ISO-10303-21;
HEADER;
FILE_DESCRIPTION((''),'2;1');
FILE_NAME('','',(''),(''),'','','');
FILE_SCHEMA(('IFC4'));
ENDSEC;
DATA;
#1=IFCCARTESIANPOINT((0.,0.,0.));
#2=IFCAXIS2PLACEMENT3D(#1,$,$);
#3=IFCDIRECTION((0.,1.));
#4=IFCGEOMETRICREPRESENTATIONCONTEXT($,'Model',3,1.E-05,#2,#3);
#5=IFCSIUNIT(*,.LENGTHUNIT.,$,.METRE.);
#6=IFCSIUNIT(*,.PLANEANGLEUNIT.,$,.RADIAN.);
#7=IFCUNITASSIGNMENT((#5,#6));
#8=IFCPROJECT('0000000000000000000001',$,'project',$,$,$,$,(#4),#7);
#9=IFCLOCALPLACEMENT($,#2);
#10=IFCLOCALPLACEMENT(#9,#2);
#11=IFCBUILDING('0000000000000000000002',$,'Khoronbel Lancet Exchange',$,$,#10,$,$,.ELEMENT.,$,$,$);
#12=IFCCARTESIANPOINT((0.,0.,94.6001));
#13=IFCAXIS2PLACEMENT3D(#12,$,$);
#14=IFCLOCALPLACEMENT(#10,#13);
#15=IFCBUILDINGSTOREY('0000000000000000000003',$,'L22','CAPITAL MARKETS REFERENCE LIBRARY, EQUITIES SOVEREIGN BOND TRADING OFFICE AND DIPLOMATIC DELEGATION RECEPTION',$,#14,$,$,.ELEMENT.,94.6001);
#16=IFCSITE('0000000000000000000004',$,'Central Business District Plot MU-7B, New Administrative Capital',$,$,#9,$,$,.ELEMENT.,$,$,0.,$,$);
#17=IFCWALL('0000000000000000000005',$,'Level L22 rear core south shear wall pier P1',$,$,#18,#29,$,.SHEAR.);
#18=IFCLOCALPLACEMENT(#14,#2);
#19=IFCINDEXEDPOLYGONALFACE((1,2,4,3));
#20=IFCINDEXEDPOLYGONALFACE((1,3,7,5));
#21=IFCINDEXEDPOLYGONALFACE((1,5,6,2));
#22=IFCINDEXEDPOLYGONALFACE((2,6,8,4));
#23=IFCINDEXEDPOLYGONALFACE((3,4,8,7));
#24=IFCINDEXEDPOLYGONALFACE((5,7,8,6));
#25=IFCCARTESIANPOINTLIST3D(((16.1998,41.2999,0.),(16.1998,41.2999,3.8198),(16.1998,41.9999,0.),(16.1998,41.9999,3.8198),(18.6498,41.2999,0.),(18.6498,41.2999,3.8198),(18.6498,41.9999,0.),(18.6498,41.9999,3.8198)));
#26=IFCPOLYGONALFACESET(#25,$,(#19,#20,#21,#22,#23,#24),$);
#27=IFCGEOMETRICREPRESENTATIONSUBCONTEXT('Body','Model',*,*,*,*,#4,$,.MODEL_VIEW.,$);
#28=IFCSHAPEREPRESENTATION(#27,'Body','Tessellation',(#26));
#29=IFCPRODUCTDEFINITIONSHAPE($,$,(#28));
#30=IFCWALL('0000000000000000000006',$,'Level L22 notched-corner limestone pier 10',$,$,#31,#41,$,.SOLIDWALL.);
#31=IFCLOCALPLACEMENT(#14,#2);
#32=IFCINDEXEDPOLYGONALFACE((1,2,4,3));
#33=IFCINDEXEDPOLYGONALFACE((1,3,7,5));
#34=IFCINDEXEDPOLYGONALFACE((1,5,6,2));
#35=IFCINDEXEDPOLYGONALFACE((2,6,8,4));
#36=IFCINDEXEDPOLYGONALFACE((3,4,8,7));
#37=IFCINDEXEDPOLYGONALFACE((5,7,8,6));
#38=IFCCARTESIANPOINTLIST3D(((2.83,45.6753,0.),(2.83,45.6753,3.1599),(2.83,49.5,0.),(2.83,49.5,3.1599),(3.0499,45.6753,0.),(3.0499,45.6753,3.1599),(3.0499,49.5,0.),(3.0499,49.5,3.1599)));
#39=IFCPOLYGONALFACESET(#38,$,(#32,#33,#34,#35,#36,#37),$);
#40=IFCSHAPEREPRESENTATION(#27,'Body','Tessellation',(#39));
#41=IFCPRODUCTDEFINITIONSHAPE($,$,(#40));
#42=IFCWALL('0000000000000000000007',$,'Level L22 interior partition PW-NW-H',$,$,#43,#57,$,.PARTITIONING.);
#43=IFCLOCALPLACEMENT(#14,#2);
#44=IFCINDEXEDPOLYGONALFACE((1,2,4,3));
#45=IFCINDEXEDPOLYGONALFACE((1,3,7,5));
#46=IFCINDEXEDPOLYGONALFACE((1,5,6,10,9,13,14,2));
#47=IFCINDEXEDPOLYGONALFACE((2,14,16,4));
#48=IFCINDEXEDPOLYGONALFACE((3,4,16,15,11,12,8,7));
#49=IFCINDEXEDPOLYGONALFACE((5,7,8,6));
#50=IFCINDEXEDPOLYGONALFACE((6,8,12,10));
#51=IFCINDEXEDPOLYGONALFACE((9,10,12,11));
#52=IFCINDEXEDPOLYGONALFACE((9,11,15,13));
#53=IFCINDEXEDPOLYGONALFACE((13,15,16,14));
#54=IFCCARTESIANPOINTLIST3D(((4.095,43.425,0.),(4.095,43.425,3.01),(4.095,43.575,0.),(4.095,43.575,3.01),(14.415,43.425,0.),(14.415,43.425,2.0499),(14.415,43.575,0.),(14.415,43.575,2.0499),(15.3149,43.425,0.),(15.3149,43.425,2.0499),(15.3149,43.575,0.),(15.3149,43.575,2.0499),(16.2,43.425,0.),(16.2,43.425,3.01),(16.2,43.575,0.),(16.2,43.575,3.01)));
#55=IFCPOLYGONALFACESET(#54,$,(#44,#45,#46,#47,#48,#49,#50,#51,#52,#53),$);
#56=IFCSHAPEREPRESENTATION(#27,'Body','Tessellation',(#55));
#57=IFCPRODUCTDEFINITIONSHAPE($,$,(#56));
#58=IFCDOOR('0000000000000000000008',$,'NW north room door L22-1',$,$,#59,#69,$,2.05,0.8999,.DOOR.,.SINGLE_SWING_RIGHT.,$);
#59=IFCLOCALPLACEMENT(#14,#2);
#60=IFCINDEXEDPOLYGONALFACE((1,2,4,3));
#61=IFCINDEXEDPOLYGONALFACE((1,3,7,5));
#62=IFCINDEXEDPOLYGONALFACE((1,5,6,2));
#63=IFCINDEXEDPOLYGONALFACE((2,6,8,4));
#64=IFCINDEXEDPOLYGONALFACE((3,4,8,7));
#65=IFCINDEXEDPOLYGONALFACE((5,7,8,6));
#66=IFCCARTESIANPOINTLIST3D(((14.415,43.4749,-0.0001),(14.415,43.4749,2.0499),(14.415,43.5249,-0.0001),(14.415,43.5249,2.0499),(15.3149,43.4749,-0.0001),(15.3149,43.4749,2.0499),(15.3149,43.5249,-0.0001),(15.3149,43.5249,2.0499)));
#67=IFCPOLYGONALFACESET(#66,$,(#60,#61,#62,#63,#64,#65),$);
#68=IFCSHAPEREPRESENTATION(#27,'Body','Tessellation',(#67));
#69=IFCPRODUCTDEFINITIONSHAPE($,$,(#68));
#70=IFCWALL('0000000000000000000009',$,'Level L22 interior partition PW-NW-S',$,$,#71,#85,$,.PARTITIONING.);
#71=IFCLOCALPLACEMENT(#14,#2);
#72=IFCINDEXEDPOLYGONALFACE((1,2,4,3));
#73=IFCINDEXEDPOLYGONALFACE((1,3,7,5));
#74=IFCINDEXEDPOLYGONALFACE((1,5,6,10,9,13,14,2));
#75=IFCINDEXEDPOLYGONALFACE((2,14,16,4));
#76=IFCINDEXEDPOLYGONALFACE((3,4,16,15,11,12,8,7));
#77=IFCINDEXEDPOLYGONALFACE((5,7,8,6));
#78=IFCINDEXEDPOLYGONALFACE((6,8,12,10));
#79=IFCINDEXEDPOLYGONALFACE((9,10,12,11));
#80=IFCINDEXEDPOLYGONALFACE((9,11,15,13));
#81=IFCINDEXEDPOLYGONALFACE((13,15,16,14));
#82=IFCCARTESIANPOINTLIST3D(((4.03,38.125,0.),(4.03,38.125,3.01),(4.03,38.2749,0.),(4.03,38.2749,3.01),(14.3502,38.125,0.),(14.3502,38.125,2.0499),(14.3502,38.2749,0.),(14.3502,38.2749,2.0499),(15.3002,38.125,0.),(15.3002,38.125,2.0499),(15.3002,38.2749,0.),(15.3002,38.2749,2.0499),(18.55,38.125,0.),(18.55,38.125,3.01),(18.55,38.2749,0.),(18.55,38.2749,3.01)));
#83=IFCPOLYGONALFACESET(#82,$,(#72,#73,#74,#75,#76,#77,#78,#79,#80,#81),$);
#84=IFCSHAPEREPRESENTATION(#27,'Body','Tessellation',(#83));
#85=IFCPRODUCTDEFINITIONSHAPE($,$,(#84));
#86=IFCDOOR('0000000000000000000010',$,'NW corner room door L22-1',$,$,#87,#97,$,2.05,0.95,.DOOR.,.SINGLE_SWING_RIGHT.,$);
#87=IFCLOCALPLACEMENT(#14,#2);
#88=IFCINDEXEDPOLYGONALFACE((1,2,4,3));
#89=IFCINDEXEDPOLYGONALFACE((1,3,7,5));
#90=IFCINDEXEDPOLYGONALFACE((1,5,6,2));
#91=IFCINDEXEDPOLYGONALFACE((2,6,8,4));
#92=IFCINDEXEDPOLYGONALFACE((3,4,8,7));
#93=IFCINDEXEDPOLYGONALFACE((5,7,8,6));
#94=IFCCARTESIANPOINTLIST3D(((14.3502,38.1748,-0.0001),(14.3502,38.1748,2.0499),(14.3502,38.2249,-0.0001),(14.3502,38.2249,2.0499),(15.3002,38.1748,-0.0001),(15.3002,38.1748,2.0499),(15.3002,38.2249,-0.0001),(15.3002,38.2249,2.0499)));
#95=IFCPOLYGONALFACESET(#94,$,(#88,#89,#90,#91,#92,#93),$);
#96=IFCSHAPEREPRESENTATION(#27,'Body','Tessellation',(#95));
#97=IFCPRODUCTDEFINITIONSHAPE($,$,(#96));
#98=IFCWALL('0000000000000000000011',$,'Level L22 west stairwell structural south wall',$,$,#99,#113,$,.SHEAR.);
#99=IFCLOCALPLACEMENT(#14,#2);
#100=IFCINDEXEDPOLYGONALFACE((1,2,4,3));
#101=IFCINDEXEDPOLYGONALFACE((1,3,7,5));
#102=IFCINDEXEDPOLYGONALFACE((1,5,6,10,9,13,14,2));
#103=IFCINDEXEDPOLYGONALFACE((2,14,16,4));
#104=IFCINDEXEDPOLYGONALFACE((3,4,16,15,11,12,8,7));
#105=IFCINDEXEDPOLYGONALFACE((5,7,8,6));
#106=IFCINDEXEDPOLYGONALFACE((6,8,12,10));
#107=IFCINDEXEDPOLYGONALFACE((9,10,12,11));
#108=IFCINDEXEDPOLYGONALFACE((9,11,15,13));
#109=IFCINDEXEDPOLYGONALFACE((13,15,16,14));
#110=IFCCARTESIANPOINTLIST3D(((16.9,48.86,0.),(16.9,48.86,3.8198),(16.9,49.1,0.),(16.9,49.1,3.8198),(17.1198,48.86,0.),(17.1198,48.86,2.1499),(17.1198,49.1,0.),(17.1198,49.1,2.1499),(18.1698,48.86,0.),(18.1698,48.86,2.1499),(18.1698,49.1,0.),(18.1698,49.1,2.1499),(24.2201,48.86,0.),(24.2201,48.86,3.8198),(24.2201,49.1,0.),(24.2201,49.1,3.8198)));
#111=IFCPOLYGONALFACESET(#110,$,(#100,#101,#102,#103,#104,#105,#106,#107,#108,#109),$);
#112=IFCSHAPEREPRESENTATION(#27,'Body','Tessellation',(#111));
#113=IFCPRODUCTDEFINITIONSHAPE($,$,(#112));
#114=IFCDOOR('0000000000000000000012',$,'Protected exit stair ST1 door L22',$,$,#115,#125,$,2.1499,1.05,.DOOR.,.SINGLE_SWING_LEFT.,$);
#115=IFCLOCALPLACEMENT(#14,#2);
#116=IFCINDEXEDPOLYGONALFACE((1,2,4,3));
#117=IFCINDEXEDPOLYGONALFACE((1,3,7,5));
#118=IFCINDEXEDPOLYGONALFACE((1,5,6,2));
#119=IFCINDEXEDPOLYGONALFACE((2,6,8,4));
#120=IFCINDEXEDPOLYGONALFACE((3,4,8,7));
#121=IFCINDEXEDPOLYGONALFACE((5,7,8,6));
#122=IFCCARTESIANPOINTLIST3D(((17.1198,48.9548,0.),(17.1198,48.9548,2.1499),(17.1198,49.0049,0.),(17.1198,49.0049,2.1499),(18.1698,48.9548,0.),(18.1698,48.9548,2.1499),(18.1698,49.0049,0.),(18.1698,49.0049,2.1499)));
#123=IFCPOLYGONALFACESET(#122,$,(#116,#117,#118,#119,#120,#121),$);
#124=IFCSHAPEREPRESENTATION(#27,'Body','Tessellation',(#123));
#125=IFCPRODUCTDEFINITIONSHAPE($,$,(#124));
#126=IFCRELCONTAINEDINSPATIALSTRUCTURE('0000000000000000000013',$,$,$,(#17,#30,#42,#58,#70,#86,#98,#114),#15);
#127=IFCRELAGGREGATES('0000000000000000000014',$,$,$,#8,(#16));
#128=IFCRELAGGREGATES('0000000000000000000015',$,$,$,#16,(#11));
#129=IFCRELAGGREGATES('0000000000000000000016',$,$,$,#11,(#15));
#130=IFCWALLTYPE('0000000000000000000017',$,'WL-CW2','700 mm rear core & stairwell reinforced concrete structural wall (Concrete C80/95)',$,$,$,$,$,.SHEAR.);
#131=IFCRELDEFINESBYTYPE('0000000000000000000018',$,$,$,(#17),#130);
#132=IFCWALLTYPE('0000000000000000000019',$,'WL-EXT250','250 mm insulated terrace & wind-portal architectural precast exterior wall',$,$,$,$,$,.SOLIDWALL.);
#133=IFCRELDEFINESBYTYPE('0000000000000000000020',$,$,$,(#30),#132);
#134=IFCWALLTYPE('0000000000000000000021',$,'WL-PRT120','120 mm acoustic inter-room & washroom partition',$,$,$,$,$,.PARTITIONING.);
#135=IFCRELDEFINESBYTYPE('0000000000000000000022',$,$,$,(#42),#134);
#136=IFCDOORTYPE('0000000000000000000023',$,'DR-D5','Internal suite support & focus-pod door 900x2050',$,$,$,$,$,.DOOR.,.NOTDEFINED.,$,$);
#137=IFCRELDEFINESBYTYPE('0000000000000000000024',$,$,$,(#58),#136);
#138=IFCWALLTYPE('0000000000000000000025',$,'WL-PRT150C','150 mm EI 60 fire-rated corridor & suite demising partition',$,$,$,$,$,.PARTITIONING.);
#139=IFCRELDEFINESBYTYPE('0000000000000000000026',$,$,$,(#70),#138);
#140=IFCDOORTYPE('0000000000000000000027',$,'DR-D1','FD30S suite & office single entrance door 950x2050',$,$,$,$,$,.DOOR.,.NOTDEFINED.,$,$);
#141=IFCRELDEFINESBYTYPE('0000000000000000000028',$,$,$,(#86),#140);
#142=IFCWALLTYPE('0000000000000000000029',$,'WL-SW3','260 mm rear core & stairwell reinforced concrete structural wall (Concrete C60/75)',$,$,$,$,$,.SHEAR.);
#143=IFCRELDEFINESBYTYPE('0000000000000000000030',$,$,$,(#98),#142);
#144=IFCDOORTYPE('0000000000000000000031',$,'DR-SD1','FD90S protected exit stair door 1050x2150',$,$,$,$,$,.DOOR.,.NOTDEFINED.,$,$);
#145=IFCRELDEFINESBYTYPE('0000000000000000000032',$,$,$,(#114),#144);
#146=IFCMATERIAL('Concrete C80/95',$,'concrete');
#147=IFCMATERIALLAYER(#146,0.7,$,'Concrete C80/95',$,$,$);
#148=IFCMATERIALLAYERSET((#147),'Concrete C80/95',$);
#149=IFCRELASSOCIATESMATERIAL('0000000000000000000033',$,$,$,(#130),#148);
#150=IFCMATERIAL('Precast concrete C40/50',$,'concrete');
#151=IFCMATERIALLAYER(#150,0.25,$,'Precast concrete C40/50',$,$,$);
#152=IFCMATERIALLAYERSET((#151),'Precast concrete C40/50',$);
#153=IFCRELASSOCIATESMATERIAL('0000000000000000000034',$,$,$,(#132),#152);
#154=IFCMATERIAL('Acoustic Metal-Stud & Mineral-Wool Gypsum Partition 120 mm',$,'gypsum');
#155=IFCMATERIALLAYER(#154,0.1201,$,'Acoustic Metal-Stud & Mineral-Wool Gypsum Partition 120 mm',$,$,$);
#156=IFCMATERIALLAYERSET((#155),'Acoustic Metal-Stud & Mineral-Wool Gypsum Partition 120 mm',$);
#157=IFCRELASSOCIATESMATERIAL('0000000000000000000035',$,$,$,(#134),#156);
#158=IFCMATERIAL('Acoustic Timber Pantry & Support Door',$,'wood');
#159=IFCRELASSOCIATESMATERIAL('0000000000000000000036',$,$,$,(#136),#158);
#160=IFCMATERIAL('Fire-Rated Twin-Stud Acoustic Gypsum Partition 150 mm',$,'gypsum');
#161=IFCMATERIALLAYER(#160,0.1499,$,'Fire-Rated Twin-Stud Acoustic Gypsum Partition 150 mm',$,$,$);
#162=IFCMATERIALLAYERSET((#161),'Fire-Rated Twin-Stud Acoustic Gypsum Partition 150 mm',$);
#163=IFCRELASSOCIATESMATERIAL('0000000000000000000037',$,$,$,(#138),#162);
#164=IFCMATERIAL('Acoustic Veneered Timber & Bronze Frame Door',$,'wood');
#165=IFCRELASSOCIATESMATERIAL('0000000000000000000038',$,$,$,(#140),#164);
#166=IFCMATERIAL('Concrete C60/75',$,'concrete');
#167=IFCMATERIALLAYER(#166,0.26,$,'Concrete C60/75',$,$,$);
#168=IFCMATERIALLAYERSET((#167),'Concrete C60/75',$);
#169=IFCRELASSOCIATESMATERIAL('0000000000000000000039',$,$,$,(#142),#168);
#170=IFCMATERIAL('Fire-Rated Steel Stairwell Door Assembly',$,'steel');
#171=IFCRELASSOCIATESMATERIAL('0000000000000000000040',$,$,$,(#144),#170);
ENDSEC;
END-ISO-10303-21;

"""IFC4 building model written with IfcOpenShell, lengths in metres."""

from ifc_helpers import new_model, si_unit, direction, frame, frame_2d, origin, place, context, subcontext, project, spatial, rectangle, extrude, material, layer, layer_set, type_object, element, fill, save


model = new_model("IFC4")

# Units and contexts
model_context = context("Model", 3, precision=1e-05, world=origin(), true_north=direction((0.0, 1.0)))
body_context = subcontext(model_context, "Body", "Model", "MODEL_VIEW")
ifc_project = project(units=[si_unit("LENGTHUNIT", "METRE"), si_unit("PLANEANGLEUNIT", "RADIAN")], contexts=[model_context])

# Site, building, storey
site_placement = place(None, origin())
site = spatial("IfcSite", under=ifc_project, at=site_placement, Name="Central Business District Plot MU-7B, New Administrative Capital", CompositionType="ELEMENT", RefElevation=0.0)
building_placement = place(site_placement, origin())
building = spatial("IfcBuilding", under=site, at=building_placement, Name="Khoronbel Lancet Exchange", CompositionType="ELEMENT")
storey_placement = place(building_placement, frame((0.0, 0.0, 94.6001)))
storey = spatial("IfcBuildingStorey", under=building, at=storey_placement, Name="L22", Description="CAPITAL MARKETS REFERENCE LIBRARY, EQUITIES SOVEREIGN BOND TRADING OFFICE AND DIPLOMATIC DELEGATION RECEPTION", CompositionType="ELEMENT", Elevation=94.6001)

# Shared definitions
ifc_material_1 = material(Name="Concrete C80/95", Category="concrete")

# Walls
ifc_layer_1 = layer(ifc_material_1, 0.7, Name="Concrete C80/95")
ifc_layer_set_1 = layer_set([ifc_layer_1], Name="Concrete C80/95")
wall_type_1 = type_object("IfcWallType", Name="WL-CW2", Description="700 mm rear core & stairwell reinforced concrete structural wall (Concrete C80/95)", PredefinedType="SHEAR", material=ifc_layer_set_1)
wall_1_placement = place(storey_placement, frame((18.6499, 41.6499, 0.0), z_axis=(0.0, 0.0, 1.0), x_axis=(-1.0, 0.0, 0.0)))
element("IfcWall", 1, at=wall_1_placement, inside=storey, type_object=wall_type_1, Name="Level L22 rear core south shear wall pier P1", PredefinedType="SHEAR", context=body_context, shape_type="SweptSolid", body=[
    extrude(rectangle(XDim=2.45, YDim=0.7, at=frame_2d((1.2251, 0.0))), origin(), (0.0, 0.0, 1.0), 3.8198),
])
ifc_material_2 = material(Name="Precast concrete C40/50", Category="concrete")
ifc_layer_2 = layer(ifc_material_2, 0.25, Name="Precast concrete C40/50")
ifc_layer_set_2 = layer_set([ifc_layer_2], Name="Precast concrete C40/50")
wall_type_2 = type_object("IfcWallType", Name="WL-EXT250", Description="250 mm insulated terrace & wind-portal architectural precast exterior wall", PredefinedType="SOLIDWALL", material=ifc_layer_set_2)
wall_2_placement = place(storey_placement, frame((2.9399, 45.6753, 0.0), z_axis=(0.0, 0.0, 1.0), x_axis=(0.0, 1.0, 0.0)))
element("IfcWall", 2, at=wall_2_placement, inside=storey, type_object=wall_type_2, Name="Level L22 notched-corner limestone pier 10", PredefinedType="SOLIDWALL", context=body_context, shape_type="SweptSolid", body=[
    extrude(rectangle(XDim=3.8247, YDim=0.22, at=frame_2d((1.9124, 0.0))), origin(), (0.0, 0.0, 1.0), 3.1599),
])

# Walls, openings, doors
ifc_material_3 = material(Name="Acoustic Metal-Stud & Mineral-Wool Gypsum Partition 120 mm", Category="gypsum")
ifc_layer_3 = layer(ifc_material_3, 0.1201, Name="Acoustic Metal-Stud & Mineral-Wool Gypsum Partition 120 mm")
ifc_layer_set_3 = layer_set([ifc_layer_3], Name="Acoustic Metal-Stud & Mineral-Wool Gypsum Partition 120 mm")
wall_type_3 = type_object("IfcWallType", Name="WL-PRT120", Description="120 mm acoustic inter-room & washroom partition", PredefinedType="PARTITIONING", material=ifc_layer_set_3)
wall_3_placement = place(storey_placement, frame((4.095, 43.5, 0.0), z_axis=(0.0, 0.0, 1.0), x_axis=(1.0, 0.0, 0.0)))
wall_3 = element("IfcWall", 3, at=wall_3_placement, inside=storey, type_object=wall_type_3, Name="Level L22 interior partition PW-NW-H", PredefinedType="PARTITIONING", context=body_context, shape_type="SweptSolid", body=[
    extrude(rectangle(XDim=12.105, YDim=0.1499, at=frame_2d((6.0525, 0.0))), origin(), (0.0, 0.0, 1.0), 3.01),
])
opening_1_placement = place(wall_3_placement, frame((10.3201, 0.0, 0.0)))
opening_1 = element("IfcOpeningElement", 4, at=opening_1_placement, cuts=wall_3, PredefinedType="OPENING", context=body_context, shape_type="SweptSolid", body=[
    extrude(rectangle(XDim=0.8999, YDim=2.05, at=frame_2d((0.45, 1.0249))), frame((0.0, 0.085, 0.0), z_axis=(0.0, -1.0, 0.0), x_axis=(1.0, 0.0, 0.0)), (0.0, 0.0, 1.0), 0.1699),
])
ifc_material_4 = material(Name="Acoustic Timber Pantry & Support Door", Category="wood")
door_type_1 = type_object("IfcDoorType", Name="DR-D5", Description="Internal suite support & focus-pod door 900x2050", OperationType="NOTDEFINED", PredefinedType="DOOR", material=ifc_material_4)
door_1_placement = place(opening_1_placement, origin())
door_1 = element("IfcDoor", 5, at=door_1_placement, inside=storey, type_object=door_type_1, Name="NW north room door L22-1", OperationType="SINGLE_SWING_RIGHT", OverallHeight=2.05, OverallWidth=0.8999, PredefinedType="DOOR", context=body_context, shape_type="SweptSolid", body=[
    extrude(rectangle(XDim=0.8999, YDim=2.05, at=frame_2d((0.45, 1.0249))), frame((0.0, 0.0249, 0.0), z_axis=(0.0, -1.0, 0.0), x_axis=(1.0, 0.0, 0.0)), (0.0, 0.0, 1.0), 0.05),
])
fill(opening_1, door_1)
ifc_material_5 = material(Name="Fire-Rated Twin-Stud Acoustic Gypsum Partition 150 mm", Category="gypsum")
ifc_layer_4 = layer(ifc_material_5, 0.1499, Name="Fire-Rated Twin-Stud Acoustic Gypsum Partition 150 mm")
ifc_layer_set_4 = layer_set([ifc_layer_4], Name="Fire-Rated Twin-Stud Acoustic Gypsum Partition 150 mm")
wall_type_4 = type_object("IfcWallType", Name="WL-PRT150C", Description="150 mm EI 60 fire-rated corridor & suite demising partition", PredefinedType="PARTITIONING", material=ifc_layer_set_4)
wall_4_placement = place(storey_placement, frame((4.03, 38.2, 0.0), z_axis=(0.0, 0.0, 1.0), x_axis=(1.0, 0.0, 0.0)))
wall_4 = element("IfcWall", 6, at=wall_4_placement, inside=storey, type_object=wall_type_4, Name="Level L22 interior partition PW-NW-S", PredefinedType="PARTITIONING", context=body_context, shape_type="SweptSolid", body=[
    extrude(rectangle(XDim=14.52, YDim=0.1499, at=frame_2d((7.26, 0.0))), origin(), (0.0, 0.0, 1.0), 3.01),
])
opening_2_placement = place(wall_4_placement, frame((10.3201, 0.0, 0.0)))
opening_2 = element("IfcOpeningElement", 7, at=opening_2_placement, cuts=wall_4, PredefinedType="OPENING", context=body_context, shape_type="SweptSolid", body=[
    extrude(rectangle(XDim=0.95, YDim=2.05, at=frame_2d((0.4751, 1.0249))), frame((0.0, 0.085, 0.0), z_axis=(0.0, -1.0, 0.0), x_axis=(1.0, 0.0, 0.0)), (0.0, 0.0, 1.0), 0.1699),
])
ifc_material_6 = material(Name="Acoustic Veneered Timber & Bronze Frame Door", Category="wood")
door_type_2 = type_object("IfcDoorType", Name="DR-D1", Description="FD30S suite & office single entrance door 950x2050", OperationType="NOTDEFINED", PredefinedType="DOOR", material=ifc_material_6)
door_2_placement = place(opening_2_placement, origin())
door_2 = element("IfcDoor", 8, at=door_2_placement, inside=storey, type_object=door_type_2, Name="NW corner room door L22-1", OperationType="SINGLE_SWING_RIGHT", OverallHeight=2.05, OverallWidth=0.95, PredefinedType="DOOR", context=body_context, shape_type="SweptSolid", body=[
    extrude(rectangle(XDim=0.95, YDim=2.05, at=frame_2d((0.4751, 1.0249))), frame((0.0, 0.0249, 0.0), z_axis=(0.0, -1.0, 0.0), x_axis=(1.0, 0.0, 0.0)), (0.0, 0.0, 1.0), 0.05),
])
fill(opening_2, door_2)
ifc_material_7 = material(Name="Concrete C60/75", Category="concrete")
ifc_layer_5 = layer(ifc_material_7, 0.26, Name="Concrete C60/75")
ifc_layer_set_5 = layer_set([ifc_layer_5], Name="Concrete C60/75")
wall_type_5 = type_object("IfcWallType", Name="WL-SW3", Description="260 mm rear core & stairwell reinforced concrete structural wall (Concrete C60/75)", PredefinedType="SHEAR", material=ifc_layer_set_5)
wall_5_placement = place(storey_placement, frame((16.8999, 48.98, 0.0), z_axis=(0.0, 0.0, 1.0), x_axis=(1.0, 0.0, 0.0)))
wall_5 = element("IfcWall", 9, at=wall_5_placement, inside=storey, type_object=wall_type_5, Name="Level L22 west stairwell structural south wall", PredefinedType="SHEAR", context=body_context, shape_type="SweptSolid", body=[
    extrude(rectangle(XDim=7.3201, YDim=0.24, at=frame_2d((3.6602, 0.0))), origin(), (0.0, 0.0, 1.0), 3.8198),
])
opening_3_placement = place(wall_5_placement, frame((0.22, 0.0, 0.0)))
opening_3 = element("IfcOpeningElement", 10, at=opening_3_placement, cuts=wall_5, PredefinedType="OPENING", context=body_context, shape_type="SweptSolid", body=[
    extrude(rectangle(XDim=1.05, YDim=2.1499, at=frame_2d((0.5249, 1.075))), frame((0.0, 0.1299, 0.0), z_axis=(0.0, -1.0, 0.0), x_axis=(1.0, 0.0, 0.0)), (0.0, 0.0, 1.0), 0.26),
])
ifc_material_8 = material(Name="Fire-Rated Steel Stairwell Door Assembly", Category="steel")
door_type_3 = type_object("IfcDoorType", Name="DR-SD1", Description="FD90S protected exit stair door 1050x2150", OperationType="NOTDEFINED", PredefinedType="DOOR", material=ifc_material_8)
door_3_placement = place(opening_3_placement, origin())
door_3 = element("IfcDoor", 11, at=door_3_placement, inside=storey, type_object=door_type_3, Name="Protected exit stair ST1 door L22", OperationType="SINGLE_SWING_LEFT", OverallHeight=2.1499, OverallWidth=1.05, PredefinedType="DOOR", context=body_context, shape_type="SweptSolid", body=[
    extrude(rectangle(XDim=1.05, YDim=2.1499, at=frame_2d((0.5249, 1.075))), frame((0.0, 0.0249, 0.0), z_axis=(0.0, -1.0, 0.0), x_axis=(1.0, 0.0, 0.0)), (0.0, 0.0, 1.0), 0.05),
])
fill(opening_3, door_3)

save(model, "model.ifc")
